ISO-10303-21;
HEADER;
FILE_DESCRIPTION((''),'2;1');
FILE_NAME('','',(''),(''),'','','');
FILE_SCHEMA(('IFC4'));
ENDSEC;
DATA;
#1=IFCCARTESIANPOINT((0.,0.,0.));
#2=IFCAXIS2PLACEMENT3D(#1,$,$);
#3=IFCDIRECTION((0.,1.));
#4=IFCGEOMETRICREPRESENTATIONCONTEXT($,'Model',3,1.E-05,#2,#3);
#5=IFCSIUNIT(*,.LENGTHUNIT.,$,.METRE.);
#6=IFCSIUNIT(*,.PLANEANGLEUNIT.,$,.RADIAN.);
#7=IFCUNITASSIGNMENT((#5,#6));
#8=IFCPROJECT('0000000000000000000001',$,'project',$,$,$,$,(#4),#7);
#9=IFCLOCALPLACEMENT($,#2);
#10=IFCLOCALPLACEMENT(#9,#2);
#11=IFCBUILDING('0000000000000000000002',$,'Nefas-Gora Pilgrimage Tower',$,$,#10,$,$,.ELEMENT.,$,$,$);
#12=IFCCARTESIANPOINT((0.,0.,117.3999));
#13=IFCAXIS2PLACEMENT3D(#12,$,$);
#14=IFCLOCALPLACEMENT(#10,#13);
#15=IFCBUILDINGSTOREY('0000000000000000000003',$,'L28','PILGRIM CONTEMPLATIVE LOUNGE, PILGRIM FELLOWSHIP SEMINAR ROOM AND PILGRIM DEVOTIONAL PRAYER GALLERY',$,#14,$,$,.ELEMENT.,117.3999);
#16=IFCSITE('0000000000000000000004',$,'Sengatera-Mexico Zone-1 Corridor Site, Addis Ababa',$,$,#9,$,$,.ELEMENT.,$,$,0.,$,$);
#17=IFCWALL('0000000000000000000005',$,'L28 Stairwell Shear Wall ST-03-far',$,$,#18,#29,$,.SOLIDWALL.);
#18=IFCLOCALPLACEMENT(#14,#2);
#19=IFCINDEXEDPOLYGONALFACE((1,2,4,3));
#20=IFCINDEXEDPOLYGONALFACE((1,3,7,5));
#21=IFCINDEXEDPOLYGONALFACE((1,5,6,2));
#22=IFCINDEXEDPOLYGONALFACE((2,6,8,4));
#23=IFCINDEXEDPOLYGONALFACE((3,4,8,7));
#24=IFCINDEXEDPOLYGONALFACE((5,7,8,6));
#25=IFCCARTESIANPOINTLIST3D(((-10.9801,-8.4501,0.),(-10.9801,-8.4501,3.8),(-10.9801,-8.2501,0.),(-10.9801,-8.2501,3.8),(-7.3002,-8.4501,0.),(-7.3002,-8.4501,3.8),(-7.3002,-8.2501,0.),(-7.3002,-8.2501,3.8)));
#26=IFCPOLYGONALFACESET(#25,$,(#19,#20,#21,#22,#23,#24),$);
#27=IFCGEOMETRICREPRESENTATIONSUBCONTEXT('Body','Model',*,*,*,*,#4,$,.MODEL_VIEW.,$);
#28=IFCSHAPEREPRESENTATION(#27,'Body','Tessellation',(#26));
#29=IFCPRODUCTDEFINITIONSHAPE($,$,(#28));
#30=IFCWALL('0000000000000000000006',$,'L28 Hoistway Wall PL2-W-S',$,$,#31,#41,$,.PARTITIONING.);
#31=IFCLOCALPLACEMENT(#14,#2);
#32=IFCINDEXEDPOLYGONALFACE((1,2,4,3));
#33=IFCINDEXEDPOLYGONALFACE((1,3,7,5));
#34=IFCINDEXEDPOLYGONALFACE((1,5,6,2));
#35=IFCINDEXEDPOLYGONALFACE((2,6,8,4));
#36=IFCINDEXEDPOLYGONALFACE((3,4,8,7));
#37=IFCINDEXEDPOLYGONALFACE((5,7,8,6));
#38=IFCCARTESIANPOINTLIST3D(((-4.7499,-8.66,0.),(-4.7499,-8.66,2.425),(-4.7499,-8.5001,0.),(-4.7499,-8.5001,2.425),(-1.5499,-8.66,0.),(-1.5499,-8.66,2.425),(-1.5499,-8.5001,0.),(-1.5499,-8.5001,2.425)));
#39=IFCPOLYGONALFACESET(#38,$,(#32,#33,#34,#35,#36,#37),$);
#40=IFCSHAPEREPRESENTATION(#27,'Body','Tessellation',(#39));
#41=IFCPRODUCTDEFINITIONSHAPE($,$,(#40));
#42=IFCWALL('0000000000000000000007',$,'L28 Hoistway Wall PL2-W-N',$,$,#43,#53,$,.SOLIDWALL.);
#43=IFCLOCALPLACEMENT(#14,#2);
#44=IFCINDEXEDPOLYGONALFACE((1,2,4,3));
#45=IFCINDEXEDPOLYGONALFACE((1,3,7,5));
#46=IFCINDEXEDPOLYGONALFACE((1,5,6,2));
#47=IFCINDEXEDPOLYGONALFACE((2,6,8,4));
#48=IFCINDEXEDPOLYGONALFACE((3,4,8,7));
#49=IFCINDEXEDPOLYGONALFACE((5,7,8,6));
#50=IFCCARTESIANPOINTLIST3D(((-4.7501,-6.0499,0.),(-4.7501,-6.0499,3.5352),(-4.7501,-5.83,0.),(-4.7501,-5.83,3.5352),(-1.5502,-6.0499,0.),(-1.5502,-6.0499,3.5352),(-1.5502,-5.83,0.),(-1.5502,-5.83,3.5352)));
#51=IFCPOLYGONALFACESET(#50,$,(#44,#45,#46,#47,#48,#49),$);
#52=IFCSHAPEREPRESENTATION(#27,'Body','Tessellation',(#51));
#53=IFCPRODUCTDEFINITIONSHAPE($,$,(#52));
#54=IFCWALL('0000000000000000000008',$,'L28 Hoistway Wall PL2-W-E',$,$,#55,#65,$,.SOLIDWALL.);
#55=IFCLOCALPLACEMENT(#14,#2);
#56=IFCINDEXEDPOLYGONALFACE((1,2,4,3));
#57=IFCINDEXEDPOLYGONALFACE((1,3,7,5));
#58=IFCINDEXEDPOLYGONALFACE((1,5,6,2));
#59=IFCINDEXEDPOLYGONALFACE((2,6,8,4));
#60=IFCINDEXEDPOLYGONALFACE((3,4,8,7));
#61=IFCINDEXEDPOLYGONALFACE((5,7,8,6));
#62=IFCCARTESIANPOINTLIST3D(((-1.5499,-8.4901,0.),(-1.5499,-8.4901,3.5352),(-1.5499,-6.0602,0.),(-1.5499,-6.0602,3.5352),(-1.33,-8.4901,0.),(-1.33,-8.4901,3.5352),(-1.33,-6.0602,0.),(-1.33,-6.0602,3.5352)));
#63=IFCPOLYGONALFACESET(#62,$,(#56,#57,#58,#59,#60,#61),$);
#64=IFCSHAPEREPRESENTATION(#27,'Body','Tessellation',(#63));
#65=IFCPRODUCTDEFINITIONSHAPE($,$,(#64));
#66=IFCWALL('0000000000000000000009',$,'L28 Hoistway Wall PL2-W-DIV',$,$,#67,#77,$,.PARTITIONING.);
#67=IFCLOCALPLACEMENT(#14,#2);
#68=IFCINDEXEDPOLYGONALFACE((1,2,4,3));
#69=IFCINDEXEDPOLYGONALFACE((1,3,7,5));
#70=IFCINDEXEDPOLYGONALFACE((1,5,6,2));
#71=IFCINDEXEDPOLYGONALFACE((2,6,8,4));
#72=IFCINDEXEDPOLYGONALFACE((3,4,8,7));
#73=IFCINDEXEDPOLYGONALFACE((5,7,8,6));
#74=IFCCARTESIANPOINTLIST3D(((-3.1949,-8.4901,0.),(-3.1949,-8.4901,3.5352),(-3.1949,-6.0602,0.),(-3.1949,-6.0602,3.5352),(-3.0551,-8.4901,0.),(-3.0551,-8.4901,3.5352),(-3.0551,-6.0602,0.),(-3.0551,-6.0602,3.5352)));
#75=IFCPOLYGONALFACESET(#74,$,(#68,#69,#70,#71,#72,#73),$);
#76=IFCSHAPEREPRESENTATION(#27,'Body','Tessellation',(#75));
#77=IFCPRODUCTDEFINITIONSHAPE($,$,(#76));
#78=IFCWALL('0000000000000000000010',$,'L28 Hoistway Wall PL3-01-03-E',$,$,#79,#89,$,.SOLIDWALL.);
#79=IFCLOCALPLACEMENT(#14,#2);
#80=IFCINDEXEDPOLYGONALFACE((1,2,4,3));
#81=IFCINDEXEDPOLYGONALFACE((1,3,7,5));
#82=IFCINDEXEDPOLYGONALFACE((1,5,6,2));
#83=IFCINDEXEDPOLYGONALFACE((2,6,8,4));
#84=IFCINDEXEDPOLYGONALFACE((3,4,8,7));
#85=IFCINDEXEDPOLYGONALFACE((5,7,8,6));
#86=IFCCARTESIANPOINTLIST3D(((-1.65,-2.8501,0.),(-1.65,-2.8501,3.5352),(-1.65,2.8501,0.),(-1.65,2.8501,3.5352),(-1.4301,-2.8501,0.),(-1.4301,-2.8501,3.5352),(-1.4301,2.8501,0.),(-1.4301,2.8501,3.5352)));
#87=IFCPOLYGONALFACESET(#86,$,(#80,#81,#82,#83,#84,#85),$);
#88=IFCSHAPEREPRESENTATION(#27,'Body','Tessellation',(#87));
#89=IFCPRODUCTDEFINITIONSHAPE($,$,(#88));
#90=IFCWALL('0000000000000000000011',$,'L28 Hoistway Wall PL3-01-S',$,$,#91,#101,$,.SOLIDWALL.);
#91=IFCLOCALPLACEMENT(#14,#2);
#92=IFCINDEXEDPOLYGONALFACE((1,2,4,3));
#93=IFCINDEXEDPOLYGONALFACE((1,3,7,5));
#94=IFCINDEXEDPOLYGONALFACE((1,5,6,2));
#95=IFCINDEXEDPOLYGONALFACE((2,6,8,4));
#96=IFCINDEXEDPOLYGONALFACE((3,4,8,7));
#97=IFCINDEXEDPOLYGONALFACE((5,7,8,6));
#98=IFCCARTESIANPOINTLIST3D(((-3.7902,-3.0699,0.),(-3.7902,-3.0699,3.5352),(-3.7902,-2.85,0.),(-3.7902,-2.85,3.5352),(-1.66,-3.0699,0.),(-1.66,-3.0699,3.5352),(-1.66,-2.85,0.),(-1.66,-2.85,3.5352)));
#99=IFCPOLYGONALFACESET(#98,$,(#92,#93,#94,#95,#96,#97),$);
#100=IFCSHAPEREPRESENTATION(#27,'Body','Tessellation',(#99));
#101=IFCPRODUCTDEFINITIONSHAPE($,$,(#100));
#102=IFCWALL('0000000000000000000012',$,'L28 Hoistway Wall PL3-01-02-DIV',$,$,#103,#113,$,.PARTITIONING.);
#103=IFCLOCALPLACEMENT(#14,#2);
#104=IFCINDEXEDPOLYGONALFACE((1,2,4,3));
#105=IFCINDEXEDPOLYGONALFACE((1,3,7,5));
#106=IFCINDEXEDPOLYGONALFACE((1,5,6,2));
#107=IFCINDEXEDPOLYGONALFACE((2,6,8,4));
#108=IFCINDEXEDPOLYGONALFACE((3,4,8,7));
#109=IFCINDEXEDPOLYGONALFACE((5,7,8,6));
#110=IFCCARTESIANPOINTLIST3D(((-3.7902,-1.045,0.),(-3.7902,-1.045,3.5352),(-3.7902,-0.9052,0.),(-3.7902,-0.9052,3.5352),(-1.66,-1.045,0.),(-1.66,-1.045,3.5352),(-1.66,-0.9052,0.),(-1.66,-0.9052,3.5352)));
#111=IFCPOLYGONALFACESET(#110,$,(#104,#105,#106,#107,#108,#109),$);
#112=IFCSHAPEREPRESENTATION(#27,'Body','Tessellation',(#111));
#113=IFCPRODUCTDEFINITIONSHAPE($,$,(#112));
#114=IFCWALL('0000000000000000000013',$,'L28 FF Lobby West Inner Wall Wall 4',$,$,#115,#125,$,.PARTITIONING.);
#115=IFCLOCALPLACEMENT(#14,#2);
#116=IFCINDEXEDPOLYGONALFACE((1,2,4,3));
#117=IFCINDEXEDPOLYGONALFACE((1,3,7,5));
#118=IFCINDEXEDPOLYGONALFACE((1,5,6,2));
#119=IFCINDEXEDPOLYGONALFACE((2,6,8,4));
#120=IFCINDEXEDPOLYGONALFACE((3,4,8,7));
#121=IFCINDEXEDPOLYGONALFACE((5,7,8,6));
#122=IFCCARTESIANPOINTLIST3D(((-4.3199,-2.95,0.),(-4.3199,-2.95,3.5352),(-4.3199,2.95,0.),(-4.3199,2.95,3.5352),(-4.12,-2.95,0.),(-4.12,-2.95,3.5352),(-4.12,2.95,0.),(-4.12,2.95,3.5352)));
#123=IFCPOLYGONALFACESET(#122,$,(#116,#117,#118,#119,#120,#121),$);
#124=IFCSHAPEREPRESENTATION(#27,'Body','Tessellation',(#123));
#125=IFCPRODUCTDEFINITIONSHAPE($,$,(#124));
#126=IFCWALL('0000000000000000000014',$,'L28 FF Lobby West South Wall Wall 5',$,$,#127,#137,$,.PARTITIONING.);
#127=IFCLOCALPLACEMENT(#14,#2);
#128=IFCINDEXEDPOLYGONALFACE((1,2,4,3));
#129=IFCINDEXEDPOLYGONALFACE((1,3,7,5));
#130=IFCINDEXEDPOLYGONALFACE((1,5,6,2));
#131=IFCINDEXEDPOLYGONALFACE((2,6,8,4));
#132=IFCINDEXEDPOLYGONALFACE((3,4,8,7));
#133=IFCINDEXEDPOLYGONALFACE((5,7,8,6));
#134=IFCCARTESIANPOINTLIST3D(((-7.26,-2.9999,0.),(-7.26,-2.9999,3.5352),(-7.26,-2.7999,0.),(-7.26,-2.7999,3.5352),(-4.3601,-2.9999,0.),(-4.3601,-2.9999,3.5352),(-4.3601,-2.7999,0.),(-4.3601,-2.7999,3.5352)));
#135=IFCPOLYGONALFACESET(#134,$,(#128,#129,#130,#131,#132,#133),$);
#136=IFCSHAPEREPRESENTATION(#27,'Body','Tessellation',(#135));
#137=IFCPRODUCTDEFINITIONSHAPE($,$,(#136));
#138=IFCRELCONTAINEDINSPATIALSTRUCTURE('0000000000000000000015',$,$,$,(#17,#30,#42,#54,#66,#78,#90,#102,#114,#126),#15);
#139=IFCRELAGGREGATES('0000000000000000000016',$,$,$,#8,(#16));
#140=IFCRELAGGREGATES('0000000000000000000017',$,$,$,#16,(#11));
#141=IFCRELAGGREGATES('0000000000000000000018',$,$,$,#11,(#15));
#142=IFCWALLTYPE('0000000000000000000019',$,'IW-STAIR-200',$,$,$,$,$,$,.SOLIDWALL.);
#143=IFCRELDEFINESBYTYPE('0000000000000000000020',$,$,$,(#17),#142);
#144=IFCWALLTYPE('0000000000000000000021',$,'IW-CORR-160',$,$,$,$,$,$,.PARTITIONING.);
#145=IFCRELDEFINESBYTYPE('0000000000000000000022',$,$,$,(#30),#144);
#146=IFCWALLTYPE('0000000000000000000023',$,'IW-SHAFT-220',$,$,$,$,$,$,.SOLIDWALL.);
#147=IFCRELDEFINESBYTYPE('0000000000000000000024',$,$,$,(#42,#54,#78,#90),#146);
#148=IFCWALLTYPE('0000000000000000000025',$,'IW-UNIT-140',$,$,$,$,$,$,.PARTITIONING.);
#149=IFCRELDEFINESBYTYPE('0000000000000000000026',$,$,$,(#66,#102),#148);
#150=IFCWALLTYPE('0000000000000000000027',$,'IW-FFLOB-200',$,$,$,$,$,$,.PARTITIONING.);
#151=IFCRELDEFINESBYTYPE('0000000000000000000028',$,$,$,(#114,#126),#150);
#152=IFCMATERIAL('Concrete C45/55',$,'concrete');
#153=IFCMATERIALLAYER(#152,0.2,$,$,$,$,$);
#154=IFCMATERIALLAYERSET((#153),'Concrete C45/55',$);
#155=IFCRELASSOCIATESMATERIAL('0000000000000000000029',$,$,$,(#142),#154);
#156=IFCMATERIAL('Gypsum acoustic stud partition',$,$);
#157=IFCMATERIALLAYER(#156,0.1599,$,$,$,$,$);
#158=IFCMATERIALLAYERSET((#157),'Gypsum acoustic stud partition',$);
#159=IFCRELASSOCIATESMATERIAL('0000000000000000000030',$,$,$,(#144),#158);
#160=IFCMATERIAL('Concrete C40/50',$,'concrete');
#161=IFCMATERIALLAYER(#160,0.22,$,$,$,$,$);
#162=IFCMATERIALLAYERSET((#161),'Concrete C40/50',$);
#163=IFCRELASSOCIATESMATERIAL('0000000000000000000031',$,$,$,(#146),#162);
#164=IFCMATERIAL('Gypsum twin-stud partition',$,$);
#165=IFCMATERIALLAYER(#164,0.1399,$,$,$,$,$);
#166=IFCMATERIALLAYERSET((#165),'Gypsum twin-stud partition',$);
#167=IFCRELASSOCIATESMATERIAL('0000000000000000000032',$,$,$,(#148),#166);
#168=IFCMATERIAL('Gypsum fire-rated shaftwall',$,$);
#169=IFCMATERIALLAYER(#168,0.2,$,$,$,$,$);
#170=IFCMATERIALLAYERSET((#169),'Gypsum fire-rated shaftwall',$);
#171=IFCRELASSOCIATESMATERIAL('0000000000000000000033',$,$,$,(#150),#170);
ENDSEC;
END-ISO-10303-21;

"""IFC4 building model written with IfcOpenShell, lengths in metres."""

from ifc_helpers import new_model, si_unit, direction, frame, frame_2d, origin, place, context, subcontext, project, spatial, rectangle, extrude, source, transform, mapped, material, layer, layer_set, type_object, element, save


model = new_model("IFC4")

# Units and contexts
model_context = context("Model", 3, precision=1e-05, world=origin(), true_north=direction((0.0, 1.0)))
body_context = subcontext(model_context, "Body", "Model", "MODEL_VIEW")
ifc_project = project(units=[si_unit("LENGTHUNIT", "METRE"), si_unit("PLANEANGLEUNIT", "RADIAN")], contexts=[model_context])

# Site, building, storey
site_placement = place(None, origin())
site = spatial("IfcSite", under=ifc_project, at=site_placement, Name="Sengatera-Mexico Zone-1 Corridor Site, Addis Ababa", CompositionType="ELEMENT", RefElevation=0.0)
building_placement = place(site_placement, origin())
building = spatial("IfcBuilding", under=site, at=building_placement, Name="Nefas-Gora Pilgrimage Tower", CompositionType="ELEMENT")
storey_placement = place(building_placement, frame((0.0, 0.0, 117.3999)))
storey = spatial("IfcBuildingStorey", under=building, at=storey_placement, Name="L28", Description="PILGRIM CONTEMPLATIVE LOUNGE, PILGRIM FELLOWSHIP SEMINAR ROOM AND PILGRIM DEVOTIONAL PRAYER GALLERY", CompositionType="ELEMENT", Elevation=117.3999)

# Shared definitions
ifc_material_1 = material(Name="Concrete C45/55", Category="concrete")
ifc_layer_1 = layer(ifc_material_1, 0.2)
ifc_layer_set_1 = layer_set([ifc_layer_1], Name="Concrete C45/55")
wall_type_1 = type_object("IfcWallType", Name="IW-STAIR-200", PredefinedType="SOLIDWALL", material=ifc_layer_set_1)

# Walls
shared_shape_1 = source(origin(), body_context, "Body", "SweptSolid", [
    extrude(rectangle(XDim=3.6799, YDim=0.2, at=frame_2d((1.8398, 0.0))), origin(), (0.0, 0.0, 1.0), 3.8),
])
wall_1_placement = place(storey_placement, frame((-10.98, -8.3501, 0.0), z_axis=(0.0, 0.0, 1.0), x_axis=(1.0, 0.0, 0.0)))
element("IfcWall", 1, at=wall_1_placement, inside=storey, type_object=wall_type_1, Name="L28 Stairwell Shear Wall ST-03-far", PredefinedType="SOLIDWALL", context=body_context, shape_type="MappedRepresentation", body=[
    mapped(shared_shape_1, transform((0.0, 0.0, 0.0), x_axis=(1.0, 0.0, 0.0), y_axis=(0.0, 1.0, 0.0), z_axis=(0.0, 0.0, 1.0), scale=1.0)),
])
ifc_material_2 = material(Name="Gypsum acoustic stud partition")
ifc_layer_2 = layer(ifc_material_2, 0.1599)
ifc_layer_set_2 = layer_set([ifc_layer_2], Name="Gypsum acoustic stud partition")
wall_type_2 = type_object("IfcWallType", Name="IW-CORR-160", PredefinedType="PARTITIONING", material=ifc_layer_set_2)
shared_shape_2 = source(origin(), body_context, "Body", "SweptSolid", [
    extrude(rectangle(XDim=3.2, YDim=0.1599, at=frame_2d((1.6001, 0.0))), origin(), (0.0, 0.0, 1.0), 2.425),
])
wall_2_placement = place(storey_placement, frame((-4.75, -8.5801, 0.0), z_axis=(0.0, 0.0, 1.0), x_axis=(1.0, 0.0, 0.0)))
element("IfcWall", 2, at=wall_2_placement, inside=storey, type_object=wall_type_2, Name="L28 Hoistway Wall PL2-W-S", PredefinedType="PARTITIONING", context=body_context, shape_type="MappedRepresentation", body=[
    mapped(shared_shape_2, transform((0.0, 0.0, 0.0), x_axis=(1.0, 0.0, 0.0), y_axis=(0.0, 1.0, 0.0), z_axis=(0.0, 0.0, 1.0), scale=1.0)),
])
ifc_material_3 = material(Name="Concrete C40/50", Category="concrete")
ifc_layer_3 = layer(ifc_material_3, 0.22)
ifc_layer_set_3 = layer_set([ifc_layer_3], Name="Concrete C40/50")
wall_type_3 = type_object("IfcWallType", Name="IW-SHAFT-220", PredefinedType="SOLIDWALL", material=ifc_layer_set_3)
shared_shape_3 = source(origin(), body_context, "Body", "SweptSolid", [
    extrude(rectangle(XDim=3.2, YDim=0.22, at=frame_2d((1.6001, 0.0))), origin(), (0.0, 0.0, 1.0), 3.5352),
])
wall_3_placement = place(storey_placement, frame((-1.55, -5.9399, 0.0), z_axis=(0.0, 0.0, 1.0), x_axis=(-1.0, 0.0, 0.0)))
element("IfcWall", 3, at=wall_3_placement, inside=storey, type_object=wall_type_3, Name="L28 Hoistway Wall PL2-W-N", PredefinedType="SOLIDWALL", context=body_context, shape_type="MappedRepresentation", body=[
    mapped(shared_shape_3, transform((0.0, 0.0, 0.0), x_axis=(1.0, 0.0, 0.0), y_axis=(0.0, 1.0, 0.0), z_axis=(0.0, 0.0, 1.0), scale=1.0)),
])
shared_shape_4 = source(origin(), body_context, "Body", "SweptSolid", [
    extrude(rectangle(XDim=2.4299, YDim=0.22, at=frame_2d((1.2148, 0.0))), origin(), (0.0, 0.0, 1.0), 3.5352),
])
for number, where, z_axis, x_axis, name in (
    (4, (-1.4399, -8.49, 0.0), (0.0, 0.0, 1.0), (0.0, 1.0, 0.0), "L28 Hoistway Wall PL2-W-E"),
):
    element("IfcWall", number, at=place(storey_placement, frame(where, z_axis=z_axis, x_axis=x_axis)), inside=storey, type_object=wall_type_3, Name=name, PredefinedType="SOLIDWALL", context=body_context, shape_type="MappedRepresentation", body=[
        mapped(shared_shape_4, transform((0.0, 0.0, 0.0), x_axis=(1.0, 0.0, 0.0), y_axis=(0.0, 1.0, 0.0), z_axis=(0.0, 0.0, 1.0), scale=1.0)),
    ])
ifc_material_4 = material(Name="Gypsum twin-stud partition")
ifc_layer_4 = layer(ifc_material_4, 0.1399)
ifc_layer_set_4 = layer_set([ifc_layer_4], Name="Gypsum twin-stud partition")
wall_type_4 = type_object("IfcWallType", Name="IW-UNIT-140", PredefinedType="PARTITIONING", material=ifc_layer_set_4)
shared_shape_5 = source(origin(), body_context, "Body", "SweptSolid", [
    extrude(rectangle(XDim=2.4299, YDim=0.1399, at=frame_2d((1.2148, 0.0))), origin(), (0.0, 0.0, 1.0), 3.5352),
])
wall_4_placement = place(storey_placement, frame((-3.125, -8.49, 0.0), z_axis=(0.0, 0.0, 1.0), x_axis=(0.0, 1.0, 0.0)))
element("IfcWall", 5, at=wall_4_placement, inside=storey, type_object=wall_type_4, Name="L28 Hoistway Wall PL2-W-DIV", PredefinedType="PARTITIONING", context=body_context, shape_type="MappedRepresentation", body=[
    mapped(shared_shape_5, transform((0.0, 0.0, 0.0), x_axis=(1.0, 0.0, 0.0), y_axis=(0.0, 1.0, 0.0), z_axis=(0.0, 0.0, 1.0), scale=1.0)),
])
shared_shape_6 = source(origin(), body_context, "Body", "SweptSolid", [
    extrude(rectangle(XDim=5.7002, YDim=0.22, at=frame_2d((2.8501, 0.0))), origin(), (0.0, 0.0, 1.0), 3.5352),
])
wall_5_placement = place(storey_placement, frame((-1.54, -2.8501, 0.0), z_axis=(0.0, 0.0, 1.0), x_axis=(0.0, 1.0, 0.0)))
element("IfcWall", 6, at=wall_5_placement, inside=storey, type_object=wall_type_3, Name="L28 Hoistway Wall PL3-01-03-E", PredefinedType="SOLIDWALL", context=body_context, shape_type="MappedRepresentation", body=[
    mapped(shared_shape_6, transform((0.0, 0.0, 0.0), x_axis=(1.0, 0.0, 0.0), y_axis=(0.0, 1.0, 0.0), z_axis=(0.0, 0.0, 1.0), scale=1.0)),
])
shared_shape_7 = source(origin(), body_context, "Body", "SweptSolid", [
    extrude(rectangle(XDim=2.1301, YDim=0.22, at=frame_2d((1.0649, 0.0))), origin(), (0.0, 0.0, 1.0), 3.5352),
])
wall_6_placement = place(storey_placement, frame((-3.79, -2.96, 0.0), z_axis=(0.0, 0.0, 1.0), x_axis=(1.0, 0.0, 0.0)))
element("IfcWall", 7, at=wall_6_placement, inside=storey, type_object=wall_type_3, Name="L28 Hoistway Wall PL3-01-S", PredefinedType="SOLIDWALL", context=body_context, shape_type="MappedRepresentation", body=[
    mapped(shared_shape_7, transform((0.0, 0.0, 0.0), x_axis=(1.0, 0.0, 0.0), y_axis=(0.0, 1.0, 0.0), z_axis=(0.0, 0.0, 1.0), scale=1.0)),
])
shared_shape_8 = source(origin(), body_context, "Body", "SweptSolid", [
    extrude(rectangle(XDim=2.1301, YDim=0.1399, at=frame_2d((1.0649, 0.0))), origin(), (0.0, 0.0, 1.0), 3.5352),
])
wall_7_placement = place(storey_placement, frame((-3.79, -0.9751, 0.0), z_axis=(0.0, 0.0, 1.0), x_axis=(1.0, 0.0, 0.0)))
element("IfcWall", 8, at=wall_7_placement, inside=storey, type_object=wall_type_4, Name="L28 Hoistway Wall PL3-01-02-DIV", PredefinedType="PARTITIONING", context=body_context, shape_type="MappedRepresentation", body=[
    mapped(shared_shape_8, transform((0.0, 0.0, 0.0), x_axis=(1.0, 0.0, 0.0), y_axis=(0.0, 1.0, 0.0), z_axis=(0.0, 0.0, 1.0), scale=1.0)),
])
ifc_material_5 = material(Name="Gypsum fire-rated shaftwall")
ifc_layer_5 = layer(ifc_material_5, 0.2)
ifc_layer_set_5 = layer_set([ifc_layer_5], Name="Gypsum fire-rated shaftwall")
wall_type_5 = type_object("IfcWallType", Name="IW-FFLOB-200", PredefinedType="PARTITIONING", material=ifc_layer_set_5)
shared_shape_9 = source(origin(), body_context, "Body", "SweptSolid", [
    extrude(rectangle(XDim=5.8999, YDim=0.2, at=frame_2d((2.95, 0.0))), origin(), (0.0, 0.0, 1.0), 3.5352),
])
wall_8_placement = place(storey_placement, frame((-4.22, -2.95, 0.0), z_axis=(0.0, 0.0, 1.0), x_axis=(0.0, 1.0, 0.0)))
element("IfcWall", 9, at=wall_8_placement, inside=storey, type_object=wall_type_5, Name="L28 FF Lobby West Inner Wall Wall 4", PredefinedType="PARTITIONING", context=body_context, shape_type="MappedRepresentation", body=[
    mapped(shared_shape_9, transform((0.0, 0.0, 0.0), x_axis=(1.0, 0.0, 0.0), y_axis=(0.0, 1.0, 0.0), z_axis=(0.0, 0.0, 1.0), scale=1.0)),
])
shared_shape_10 = source(origin(), body_context, "Body", "SweptSolid", [
    extrude(rectangle(XDim=2.8999, YDim=0.2, at=frame_2d((1.45, 0.0))), origin(), (0.0, 0.0, 1.0), 3.5352),
])
wall_9_placement = place(storey_placement, frame((-7.26, -2.8999, 0.0), z_axis=(0.0, 0.0, 1.0), x_axis=(1.0, 0.0, 0.0)))
element("IfcWall", 10, at=wall_9_placement, inside=storey, type_object=wall_type_5, Name="L28 FF Lobby West South Wall Wall 5", PredefinedType="PARTITIONING", context=body_context, shape_type="MappedRepresentation", body=[
    mapped(shared_shape_10, transform((0.0, 0.0, 0.0), x_axis=(1.0, 0.0, 0.0), y_axis=(0.0, 1.0, 0.0), z_axis=(0.0, 0.0, 1.0), scale=1.0)),
])

save(model, "model.ifc")
